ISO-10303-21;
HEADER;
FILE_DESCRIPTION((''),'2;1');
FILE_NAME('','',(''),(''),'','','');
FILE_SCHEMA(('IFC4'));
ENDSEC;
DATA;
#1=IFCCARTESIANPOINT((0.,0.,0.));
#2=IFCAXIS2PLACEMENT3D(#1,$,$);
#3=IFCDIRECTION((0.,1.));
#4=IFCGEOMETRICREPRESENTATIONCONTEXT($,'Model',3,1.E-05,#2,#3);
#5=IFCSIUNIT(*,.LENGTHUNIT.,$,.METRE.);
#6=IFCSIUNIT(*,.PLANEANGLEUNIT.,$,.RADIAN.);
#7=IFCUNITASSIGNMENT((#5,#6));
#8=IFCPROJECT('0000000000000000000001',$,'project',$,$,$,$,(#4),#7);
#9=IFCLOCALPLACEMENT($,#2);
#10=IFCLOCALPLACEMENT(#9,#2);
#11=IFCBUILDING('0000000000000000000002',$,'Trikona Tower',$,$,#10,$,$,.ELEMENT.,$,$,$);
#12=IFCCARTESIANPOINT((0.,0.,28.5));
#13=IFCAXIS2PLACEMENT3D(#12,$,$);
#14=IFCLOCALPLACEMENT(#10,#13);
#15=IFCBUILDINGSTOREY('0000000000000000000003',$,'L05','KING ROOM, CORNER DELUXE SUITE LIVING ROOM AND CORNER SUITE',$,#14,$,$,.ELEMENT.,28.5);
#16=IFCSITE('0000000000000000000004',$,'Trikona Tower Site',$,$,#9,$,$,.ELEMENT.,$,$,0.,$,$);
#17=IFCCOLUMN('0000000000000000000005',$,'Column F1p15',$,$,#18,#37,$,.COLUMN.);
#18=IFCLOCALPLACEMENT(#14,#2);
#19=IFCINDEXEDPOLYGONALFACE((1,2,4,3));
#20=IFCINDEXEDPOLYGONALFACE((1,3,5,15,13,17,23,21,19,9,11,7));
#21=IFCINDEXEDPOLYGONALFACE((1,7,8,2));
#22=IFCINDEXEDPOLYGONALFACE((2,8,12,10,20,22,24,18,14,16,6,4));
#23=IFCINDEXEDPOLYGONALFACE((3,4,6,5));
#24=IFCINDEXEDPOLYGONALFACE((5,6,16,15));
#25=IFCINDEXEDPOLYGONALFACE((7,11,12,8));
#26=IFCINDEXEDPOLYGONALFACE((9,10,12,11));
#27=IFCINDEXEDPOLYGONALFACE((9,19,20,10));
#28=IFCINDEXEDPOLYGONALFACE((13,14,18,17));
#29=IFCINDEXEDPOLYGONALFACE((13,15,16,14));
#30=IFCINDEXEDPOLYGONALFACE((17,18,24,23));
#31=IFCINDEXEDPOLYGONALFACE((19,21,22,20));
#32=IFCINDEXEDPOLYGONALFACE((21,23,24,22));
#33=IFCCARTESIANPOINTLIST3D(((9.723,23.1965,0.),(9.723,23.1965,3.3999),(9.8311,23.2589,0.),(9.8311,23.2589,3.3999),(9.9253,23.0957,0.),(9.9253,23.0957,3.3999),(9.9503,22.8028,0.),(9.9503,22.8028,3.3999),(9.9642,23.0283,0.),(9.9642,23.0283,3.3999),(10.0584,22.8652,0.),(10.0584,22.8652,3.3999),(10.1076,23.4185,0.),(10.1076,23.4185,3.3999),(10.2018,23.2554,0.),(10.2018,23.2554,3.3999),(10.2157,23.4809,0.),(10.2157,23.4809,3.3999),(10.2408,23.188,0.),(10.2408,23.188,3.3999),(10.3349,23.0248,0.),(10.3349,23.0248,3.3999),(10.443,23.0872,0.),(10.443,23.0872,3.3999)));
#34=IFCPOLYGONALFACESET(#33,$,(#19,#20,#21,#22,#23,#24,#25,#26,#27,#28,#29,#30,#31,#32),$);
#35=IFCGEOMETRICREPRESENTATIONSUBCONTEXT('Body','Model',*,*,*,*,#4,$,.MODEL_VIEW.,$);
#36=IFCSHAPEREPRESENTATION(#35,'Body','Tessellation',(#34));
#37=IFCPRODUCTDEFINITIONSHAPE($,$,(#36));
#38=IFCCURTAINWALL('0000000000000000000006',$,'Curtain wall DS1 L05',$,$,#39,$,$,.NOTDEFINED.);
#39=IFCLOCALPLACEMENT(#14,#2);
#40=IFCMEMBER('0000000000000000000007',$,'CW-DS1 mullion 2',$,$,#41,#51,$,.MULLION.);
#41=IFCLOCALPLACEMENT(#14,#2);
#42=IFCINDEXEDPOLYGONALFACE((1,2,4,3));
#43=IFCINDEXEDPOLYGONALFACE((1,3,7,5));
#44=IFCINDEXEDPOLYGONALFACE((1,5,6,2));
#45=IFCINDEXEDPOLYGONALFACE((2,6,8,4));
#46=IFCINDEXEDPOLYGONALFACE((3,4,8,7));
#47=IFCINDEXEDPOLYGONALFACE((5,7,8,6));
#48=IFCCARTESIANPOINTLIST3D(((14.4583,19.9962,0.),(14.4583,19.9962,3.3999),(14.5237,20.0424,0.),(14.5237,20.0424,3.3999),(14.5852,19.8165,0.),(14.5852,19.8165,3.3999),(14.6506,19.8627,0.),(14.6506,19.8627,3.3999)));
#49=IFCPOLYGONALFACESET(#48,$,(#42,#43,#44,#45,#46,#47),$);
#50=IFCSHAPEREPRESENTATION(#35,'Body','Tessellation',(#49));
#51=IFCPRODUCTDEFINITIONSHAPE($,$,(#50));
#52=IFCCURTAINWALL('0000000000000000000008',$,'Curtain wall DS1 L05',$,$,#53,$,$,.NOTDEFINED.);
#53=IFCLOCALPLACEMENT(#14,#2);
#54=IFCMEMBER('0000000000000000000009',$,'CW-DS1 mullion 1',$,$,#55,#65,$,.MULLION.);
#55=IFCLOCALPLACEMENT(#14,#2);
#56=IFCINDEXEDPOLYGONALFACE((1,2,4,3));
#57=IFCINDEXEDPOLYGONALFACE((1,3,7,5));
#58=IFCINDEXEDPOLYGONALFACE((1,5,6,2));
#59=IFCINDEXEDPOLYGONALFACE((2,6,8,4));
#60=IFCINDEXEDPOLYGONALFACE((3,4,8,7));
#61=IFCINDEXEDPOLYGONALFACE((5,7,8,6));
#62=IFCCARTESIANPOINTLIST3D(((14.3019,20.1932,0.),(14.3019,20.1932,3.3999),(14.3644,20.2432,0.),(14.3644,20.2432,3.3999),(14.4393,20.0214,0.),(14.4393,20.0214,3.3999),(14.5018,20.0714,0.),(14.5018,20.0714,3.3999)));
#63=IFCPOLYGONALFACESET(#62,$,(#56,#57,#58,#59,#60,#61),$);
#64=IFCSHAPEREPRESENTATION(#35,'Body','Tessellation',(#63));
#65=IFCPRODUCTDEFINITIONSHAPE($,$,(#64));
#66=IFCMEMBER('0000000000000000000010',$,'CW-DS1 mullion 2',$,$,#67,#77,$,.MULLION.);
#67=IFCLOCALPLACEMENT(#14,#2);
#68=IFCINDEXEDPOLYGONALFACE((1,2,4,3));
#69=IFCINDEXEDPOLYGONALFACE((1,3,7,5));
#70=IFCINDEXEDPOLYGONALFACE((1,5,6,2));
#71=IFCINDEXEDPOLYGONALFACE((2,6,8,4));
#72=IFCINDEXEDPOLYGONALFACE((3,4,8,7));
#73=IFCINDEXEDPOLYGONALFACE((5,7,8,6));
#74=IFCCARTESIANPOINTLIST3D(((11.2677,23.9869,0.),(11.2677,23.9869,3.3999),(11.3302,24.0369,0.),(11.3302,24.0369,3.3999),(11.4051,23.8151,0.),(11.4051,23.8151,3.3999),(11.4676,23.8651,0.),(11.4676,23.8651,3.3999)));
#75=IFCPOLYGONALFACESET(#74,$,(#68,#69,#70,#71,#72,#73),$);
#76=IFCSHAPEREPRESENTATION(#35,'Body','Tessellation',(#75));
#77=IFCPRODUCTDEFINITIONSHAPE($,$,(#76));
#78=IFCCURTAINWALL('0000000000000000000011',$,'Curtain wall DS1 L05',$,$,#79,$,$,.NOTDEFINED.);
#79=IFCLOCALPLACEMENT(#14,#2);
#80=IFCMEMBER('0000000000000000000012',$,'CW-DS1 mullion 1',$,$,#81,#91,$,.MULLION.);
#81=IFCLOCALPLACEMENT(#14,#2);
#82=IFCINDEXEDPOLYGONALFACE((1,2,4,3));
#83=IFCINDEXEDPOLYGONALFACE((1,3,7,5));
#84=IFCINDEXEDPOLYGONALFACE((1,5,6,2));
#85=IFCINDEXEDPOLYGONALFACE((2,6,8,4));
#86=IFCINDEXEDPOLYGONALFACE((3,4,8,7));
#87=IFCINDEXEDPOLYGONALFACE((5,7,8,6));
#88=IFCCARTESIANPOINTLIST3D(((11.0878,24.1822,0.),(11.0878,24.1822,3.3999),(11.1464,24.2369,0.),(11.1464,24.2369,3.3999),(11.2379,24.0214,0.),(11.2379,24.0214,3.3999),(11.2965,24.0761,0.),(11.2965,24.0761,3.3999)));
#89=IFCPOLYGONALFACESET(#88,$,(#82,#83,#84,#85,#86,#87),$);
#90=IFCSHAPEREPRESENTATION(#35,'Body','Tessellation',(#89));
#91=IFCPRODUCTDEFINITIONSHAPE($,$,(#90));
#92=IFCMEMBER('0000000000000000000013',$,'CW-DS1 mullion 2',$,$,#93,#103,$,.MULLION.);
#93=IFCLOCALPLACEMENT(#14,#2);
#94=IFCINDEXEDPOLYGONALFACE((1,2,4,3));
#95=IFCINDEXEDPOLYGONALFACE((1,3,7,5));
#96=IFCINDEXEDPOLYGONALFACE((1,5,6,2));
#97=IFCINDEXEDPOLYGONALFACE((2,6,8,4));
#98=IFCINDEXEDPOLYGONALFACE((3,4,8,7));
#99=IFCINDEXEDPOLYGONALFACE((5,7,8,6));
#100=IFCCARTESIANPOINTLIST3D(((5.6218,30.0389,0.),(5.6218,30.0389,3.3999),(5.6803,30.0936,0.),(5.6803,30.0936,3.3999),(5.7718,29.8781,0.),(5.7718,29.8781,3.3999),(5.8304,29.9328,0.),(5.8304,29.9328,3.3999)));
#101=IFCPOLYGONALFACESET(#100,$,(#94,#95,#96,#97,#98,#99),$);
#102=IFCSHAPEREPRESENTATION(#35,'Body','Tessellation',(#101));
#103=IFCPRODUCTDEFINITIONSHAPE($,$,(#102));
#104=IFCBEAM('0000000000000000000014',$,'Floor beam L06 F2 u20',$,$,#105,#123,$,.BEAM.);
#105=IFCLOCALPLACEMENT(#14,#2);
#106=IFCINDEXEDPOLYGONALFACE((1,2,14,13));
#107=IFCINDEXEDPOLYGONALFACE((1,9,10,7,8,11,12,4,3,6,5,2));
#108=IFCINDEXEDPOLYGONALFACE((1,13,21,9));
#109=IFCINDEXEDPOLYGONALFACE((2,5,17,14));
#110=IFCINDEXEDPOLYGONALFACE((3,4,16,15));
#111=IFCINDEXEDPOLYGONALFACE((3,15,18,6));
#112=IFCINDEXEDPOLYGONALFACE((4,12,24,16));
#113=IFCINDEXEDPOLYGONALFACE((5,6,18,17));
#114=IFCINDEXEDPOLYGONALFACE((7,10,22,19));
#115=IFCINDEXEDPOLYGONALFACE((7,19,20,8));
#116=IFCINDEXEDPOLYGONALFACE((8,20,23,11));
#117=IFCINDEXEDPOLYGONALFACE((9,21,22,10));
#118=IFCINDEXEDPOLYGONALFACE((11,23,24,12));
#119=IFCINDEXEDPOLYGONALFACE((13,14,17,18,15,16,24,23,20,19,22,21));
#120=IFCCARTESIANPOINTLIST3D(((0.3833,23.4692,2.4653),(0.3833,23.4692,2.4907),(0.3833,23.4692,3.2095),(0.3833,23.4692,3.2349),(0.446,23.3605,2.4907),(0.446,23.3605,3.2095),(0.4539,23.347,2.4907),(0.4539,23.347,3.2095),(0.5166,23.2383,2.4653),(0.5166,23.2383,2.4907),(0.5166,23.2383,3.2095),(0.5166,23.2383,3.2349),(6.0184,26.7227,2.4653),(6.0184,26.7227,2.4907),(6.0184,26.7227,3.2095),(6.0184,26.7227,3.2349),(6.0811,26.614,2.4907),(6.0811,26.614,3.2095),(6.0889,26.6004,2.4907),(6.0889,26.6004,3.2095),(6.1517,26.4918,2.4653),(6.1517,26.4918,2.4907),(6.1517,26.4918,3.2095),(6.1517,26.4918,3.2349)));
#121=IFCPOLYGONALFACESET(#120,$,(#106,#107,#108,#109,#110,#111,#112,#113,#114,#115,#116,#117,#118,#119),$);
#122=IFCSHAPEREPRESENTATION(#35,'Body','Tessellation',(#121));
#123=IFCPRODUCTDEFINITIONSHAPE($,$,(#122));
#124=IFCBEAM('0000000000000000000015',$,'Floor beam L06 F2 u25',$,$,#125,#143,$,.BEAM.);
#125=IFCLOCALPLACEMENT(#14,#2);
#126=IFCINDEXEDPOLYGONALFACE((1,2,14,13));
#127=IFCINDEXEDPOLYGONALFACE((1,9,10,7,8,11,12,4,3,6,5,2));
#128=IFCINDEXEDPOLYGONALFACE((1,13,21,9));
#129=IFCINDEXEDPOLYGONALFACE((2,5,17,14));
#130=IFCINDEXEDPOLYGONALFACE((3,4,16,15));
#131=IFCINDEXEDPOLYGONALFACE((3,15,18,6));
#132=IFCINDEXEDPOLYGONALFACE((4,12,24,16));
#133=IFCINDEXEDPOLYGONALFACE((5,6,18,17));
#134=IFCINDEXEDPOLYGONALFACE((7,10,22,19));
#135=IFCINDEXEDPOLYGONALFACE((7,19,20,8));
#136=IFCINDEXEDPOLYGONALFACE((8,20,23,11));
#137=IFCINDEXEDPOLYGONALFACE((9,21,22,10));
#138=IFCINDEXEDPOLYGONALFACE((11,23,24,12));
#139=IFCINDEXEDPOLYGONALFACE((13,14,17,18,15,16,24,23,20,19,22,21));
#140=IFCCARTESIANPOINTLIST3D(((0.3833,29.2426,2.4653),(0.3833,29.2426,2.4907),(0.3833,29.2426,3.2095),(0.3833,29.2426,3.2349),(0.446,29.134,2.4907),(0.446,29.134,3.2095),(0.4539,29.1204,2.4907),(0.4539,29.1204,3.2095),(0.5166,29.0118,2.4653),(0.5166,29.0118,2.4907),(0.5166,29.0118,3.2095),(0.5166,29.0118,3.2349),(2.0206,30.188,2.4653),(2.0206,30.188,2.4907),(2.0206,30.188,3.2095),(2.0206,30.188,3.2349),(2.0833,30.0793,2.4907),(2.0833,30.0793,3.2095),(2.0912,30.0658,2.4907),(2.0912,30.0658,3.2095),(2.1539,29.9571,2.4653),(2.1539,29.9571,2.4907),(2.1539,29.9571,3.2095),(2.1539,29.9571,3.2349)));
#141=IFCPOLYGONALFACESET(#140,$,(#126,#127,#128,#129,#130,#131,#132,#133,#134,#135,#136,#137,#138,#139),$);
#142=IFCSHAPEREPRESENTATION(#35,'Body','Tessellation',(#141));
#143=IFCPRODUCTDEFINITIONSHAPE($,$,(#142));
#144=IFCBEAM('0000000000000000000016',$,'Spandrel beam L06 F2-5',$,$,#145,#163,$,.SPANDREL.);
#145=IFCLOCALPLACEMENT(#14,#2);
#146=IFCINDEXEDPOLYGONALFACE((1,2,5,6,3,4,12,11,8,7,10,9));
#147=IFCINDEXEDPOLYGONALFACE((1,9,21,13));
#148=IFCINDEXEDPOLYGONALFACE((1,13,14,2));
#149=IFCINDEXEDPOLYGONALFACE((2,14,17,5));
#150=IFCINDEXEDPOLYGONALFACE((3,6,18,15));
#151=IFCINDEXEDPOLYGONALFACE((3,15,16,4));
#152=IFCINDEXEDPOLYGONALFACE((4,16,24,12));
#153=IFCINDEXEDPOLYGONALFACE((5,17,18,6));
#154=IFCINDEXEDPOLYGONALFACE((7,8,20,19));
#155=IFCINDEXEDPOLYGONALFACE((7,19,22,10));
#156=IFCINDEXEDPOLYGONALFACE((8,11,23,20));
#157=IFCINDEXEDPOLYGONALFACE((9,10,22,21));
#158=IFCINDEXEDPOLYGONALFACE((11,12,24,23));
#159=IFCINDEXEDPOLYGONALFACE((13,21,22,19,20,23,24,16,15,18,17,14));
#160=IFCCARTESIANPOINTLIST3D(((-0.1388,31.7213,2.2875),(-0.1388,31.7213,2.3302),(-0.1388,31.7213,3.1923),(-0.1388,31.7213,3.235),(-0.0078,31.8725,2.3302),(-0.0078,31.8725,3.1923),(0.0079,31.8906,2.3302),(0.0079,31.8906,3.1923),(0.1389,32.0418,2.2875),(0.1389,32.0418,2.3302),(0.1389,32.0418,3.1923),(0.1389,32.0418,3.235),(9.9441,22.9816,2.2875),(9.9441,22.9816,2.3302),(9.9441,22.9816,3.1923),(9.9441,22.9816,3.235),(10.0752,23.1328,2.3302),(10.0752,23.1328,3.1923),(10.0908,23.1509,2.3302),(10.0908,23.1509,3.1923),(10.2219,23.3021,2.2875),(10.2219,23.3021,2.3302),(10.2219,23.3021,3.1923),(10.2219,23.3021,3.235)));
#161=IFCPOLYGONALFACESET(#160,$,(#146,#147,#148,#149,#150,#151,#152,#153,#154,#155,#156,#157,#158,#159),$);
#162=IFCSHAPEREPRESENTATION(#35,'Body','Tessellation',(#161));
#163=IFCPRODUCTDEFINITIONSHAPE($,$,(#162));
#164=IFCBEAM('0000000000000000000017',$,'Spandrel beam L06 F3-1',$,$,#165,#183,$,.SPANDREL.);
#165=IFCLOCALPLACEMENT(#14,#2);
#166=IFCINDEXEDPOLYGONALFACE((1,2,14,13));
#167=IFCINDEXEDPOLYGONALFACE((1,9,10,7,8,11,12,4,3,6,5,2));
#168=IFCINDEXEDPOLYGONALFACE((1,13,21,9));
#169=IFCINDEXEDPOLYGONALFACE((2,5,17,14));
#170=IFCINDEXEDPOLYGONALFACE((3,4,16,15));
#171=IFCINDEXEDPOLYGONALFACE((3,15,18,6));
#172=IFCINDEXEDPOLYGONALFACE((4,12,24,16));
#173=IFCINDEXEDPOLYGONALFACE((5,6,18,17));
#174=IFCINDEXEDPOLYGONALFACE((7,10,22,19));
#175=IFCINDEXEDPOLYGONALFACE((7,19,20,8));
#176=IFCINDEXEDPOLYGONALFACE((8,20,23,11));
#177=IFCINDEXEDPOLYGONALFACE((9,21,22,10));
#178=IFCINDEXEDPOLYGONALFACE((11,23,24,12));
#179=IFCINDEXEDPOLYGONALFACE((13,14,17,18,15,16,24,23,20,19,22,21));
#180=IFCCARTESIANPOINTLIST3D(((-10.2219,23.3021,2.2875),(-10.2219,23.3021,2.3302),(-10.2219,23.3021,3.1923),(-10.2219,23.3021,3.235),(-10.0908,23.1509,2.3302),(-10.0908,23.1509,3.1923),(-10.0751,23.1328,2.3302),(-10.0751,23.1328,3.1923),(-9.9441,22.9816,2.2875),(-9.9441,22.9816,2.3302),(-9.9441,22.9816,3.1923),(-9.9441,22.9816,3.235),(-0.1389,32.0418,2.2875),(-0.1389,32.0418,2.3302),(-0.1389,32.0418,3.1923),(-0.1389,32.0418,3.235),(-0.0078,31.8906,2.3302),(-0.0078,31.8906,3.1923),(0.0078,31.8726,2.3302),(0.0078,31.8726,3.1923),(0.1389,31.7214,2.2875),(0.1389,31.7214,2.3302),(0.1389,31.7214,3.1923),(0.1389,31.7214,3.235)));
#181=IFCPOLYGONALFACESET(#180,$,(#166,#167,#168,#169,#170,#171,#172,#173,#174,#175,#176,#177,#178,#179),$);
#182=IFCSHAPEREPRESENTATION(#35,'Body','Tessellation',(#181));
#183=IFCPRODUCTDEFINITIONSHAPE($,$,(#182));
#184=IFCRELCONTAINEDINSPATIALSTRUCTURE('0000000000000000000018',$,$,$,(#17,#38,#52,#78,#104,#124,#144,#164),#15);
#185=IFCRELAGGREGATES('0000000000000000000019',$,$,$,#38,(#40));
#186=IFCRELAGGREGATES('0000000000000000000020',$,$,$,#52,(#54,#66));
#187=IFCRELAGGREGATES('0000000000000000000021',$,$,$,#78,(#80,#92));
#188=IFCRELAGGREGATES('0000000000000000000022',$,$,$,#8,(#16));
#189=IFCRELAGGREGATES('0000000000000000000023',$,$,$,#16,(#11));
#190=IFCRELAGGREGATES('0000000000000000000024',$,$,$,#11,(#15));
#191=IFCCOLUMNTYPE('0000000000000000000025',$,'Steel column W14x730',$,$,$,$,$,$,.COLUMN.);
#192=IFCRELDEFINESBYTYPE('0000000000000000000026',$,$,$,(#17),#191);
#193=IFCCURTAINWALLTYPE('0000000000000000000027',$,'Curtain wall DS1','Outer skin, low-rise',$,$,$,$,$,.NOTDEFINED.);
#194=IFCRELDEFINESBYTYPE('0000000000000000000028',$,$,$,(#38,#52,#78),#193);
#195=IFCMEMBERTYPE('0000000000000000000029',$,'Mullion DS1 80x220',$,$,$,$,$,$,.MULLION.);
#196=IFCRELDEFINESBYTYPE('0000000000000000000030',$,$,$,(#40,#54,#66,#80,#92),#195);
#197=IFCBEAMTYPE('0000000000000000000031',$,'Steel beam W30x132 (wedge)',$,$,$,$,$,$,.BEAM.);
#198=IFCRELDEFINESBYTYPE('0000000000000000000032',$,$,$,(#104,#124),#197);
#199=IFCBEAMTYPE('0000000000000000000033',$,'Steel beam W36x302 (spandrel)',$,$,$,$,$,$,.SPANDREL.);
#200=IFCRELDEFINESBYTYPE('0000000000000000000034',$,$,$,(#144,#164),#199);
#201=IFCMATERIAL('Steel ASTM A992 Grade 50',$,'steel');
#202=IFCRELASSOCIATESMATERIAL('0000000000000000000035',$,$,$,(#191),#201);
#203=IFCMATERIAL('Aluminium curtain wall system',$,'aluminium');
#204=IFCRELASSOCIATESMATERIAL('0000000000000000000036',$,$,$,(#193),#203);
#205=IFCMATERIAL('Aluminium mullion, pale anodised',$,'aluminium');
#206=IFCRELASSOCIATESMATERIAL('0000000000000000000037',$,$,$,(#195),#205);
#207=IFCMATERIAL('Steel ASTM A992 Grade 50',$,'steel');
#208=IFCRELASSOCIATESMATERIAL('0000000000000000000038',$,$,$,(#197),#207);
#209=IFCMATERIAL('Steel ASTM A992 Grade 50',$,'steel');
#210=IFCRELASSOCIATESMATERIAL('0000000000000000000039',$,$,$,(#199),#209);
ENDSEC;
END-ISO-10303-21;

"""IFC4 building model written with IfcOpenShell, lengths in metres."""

from ifc_helpers import new_model, si_unit, direction, frame, origin, origin_2d, place, context, subcontext, project, spatial, rectangle, i_section, extrude, material, material_profile, profile_set, type_object, element, aggregate, save


model = new_model("IFC4")

# Units and contexts
model_context = context("Model", 3, precision=1e-05, world=origin(), true_north=direction((0.0, 1.0)))
body_context = subcontext(model_context, "Body", "Model", "MODEL_VIEW")
ifc_project = project(units=[si_unit("LENGTHUNIT", "METRE"), si_unit("PLANEANGLEUNIT", "RADIAN")], contexts=[model_context])

# Site, building, storey
site_placement = place(None, origin())
site = spatial("IfcSite", under=ifc_project, at=site_placement, Name="Trikona Tower Site", CompositionType="ELEMENT", RefElevation=0.0)
building_placement = place(site_placement, origin())
building = spatial("IfcBuilding", under=site, at=building_placement, Name="Trikona Tower", CompositionType="ELEMENT")
storey_placement = place(building_placement, frame((0.0, 0.0, 28.5)))
storey = spatial("IfcBuildingStorey", under=building, at=storey_placement, Name="L05", Description="KING ROOM, CORNER DELUXE SUITE LIVING ROOM AND CORNER SUITE", CompositionType="ELEMENT", Elevation=28.5)

# Column
ifc_material_1 = material(Name="Steel ASTM A992 Grade 50", Category="steel")
ifc_material_profile_1 = material_profile(ifc_material_1, i_section(OverallWidth=0.4546, OverallDepth=0.5688, WebThickness=0.0779, FlangeThickness=0.1248, at=origin_2d()), Name="W14X730")
ifc_profile_set_1 = profile_set([ifc_material_profile_1], Name="Steel ASTM A992 Grade 50")
column_type = type_object("IfcColumnType", Name="Steel column W14x730", PredefinedType="COLUMN", material=ifc_profile_set_1)
column_placement = place(storey_placement, frame((10.083, 23.1418, 0.0), z_axis=(0.0, 0.0, 1.0), x_axis=(-0.5, 0.866025, 0.0)))
element("IfcColumn", 1, at=column_placement, inside=storey, type_object=column_type, Name="Column F1p15", PredefinedType="COLUMN", context=body_context, shape_type="SweptSolid", body=[
    extrude(i_section(OverallWidth=0.4546, OverallDepth=0.5688, WebThickness=0.0779, FlangeThickness=0.1248, at=origin_2d()), origin(), (0.0, 0.0, 1.0), 3.3999),
])

# Curtain wall, member
ifc_material_2 = material(Name="Aluminium curtain wall system", Category="aluminium")
curtain_wall_type = type_object("IfcCurtainWallType", Name="Curtain wall DS1", Description="Outer skin, low-rise", PredefinedType="NOTDEFINED", material=ifc_material_2)
curtain_wall_1_placement = place(storey_placement, origin())
curtain_wall_1 = element("IfcCurtainWall", 2, at=curtain_wall_1_placement, inside=storey, type_object=curtain_wall_type, Name="Curtain wall DS1 L05", PredefinedType="NOTDEFINED")
ifc_material_3 = material(Name="Aluminium mullion, pale anodised", Category="aluminium")
ifc_material_profile_2 = material_profile(ifc_material_3, rectangle(XDim=0.0801, YDim=0.22, at=origin_2d()), Name="MUL-DS1")
ifc_profile_set_2 = profile_set([ifc_material_profile_2], Name="Aluminium mullion, pale anodised")
member_type_1 = type_object("IfcMemberType", Name="Mullion DS1 80x220", PredefinedType="MULLION", material=ifc_profile_set_2)
member_1_placement = place(storey_placement, frame((14.5544, 19.9294, 0.0), z_axis=(0.0, 0.0, 1.0), x_axis=(-0.816985, -0.576658, 0.0)))
member_1 = element("IfcMember", 3, at=member_1_placement, type_object=member_type_1, Name="CW-DS1 mullion 2", PredefinedType="MULLION", context=body_context, shape_type="SweptSolid", body=[
    extrude(rectangle(XDim=0.0801, YDim=0.22, at=origin_2d()), origin(), (0.0, 0.0, 1.0), 3.3999),
])
aggregate(curtain_wall_1, [member_1])

# Curtain walls, members
curtain_wall_2_placement = place(storey_placement, origin())
curtain_wall_2 = element("IfcCurtainWall", 4, at=curtain_wall_2_placement, inside=storey, type_object=curtain_wall_type, Name="Curtain wall DS1 L05", PredefinedType="NOTDEFINED")
member_2_placement = place(storey_placement, frame((14.4019, 20.1323, 0.0), z_axis=(0.0, 0.0, 1.0), x_axis=(-0.780938, -0.624609, 0.0)))
member_2 = element("IfcMember", 5, at=member_2_placement, type_object=member_type_1, Name="CW-DS1 mullion 1", PredefinedType="MULLION", context=body_context, shape_type="SweptSolid", body=[
    extrude(rectangle(XDim=0.0801, YDim=0.22, at=origin_2d()), origin(), (0.0, 0.0, 1.0), 3.3999),
])
member_3_placement = place(storey_placement, frame((11.3677, 23.926, 0.0), z_axis=(0.0, 0.0, 1.0), x_axis=(-0.780938, -0.624609, 0.0)))
member_3 = element("IfcMember", 6, at=member_3_placement, type_object=member_type_1, Name="CW-DS1 mullion 2", PredefinedType="MULLION", context=body_context, shape_type="SweptSolid", body=[
    extrude(rectangle(XDim=0.0801, YDim=0.22, at=origin_2d()), origin(), (0.0, 0.0, 1.0), 3.3999),
])
curtain_wall_3_placement = place(storey_placement, origin())
curtain_wall_3 = element("IfcCurtainWall", 7, at=curtain_wall_3_placement, inside=storey, type_object=curtain_wall_type, Name="Curtain wall DS1 L05", PredefinedType="NOTDEFINED")
member_4_placement = place(storey_placement, frame((11.1921, 24.1292, 0.0), z_axis=(0.0, 0.0, 1.0), x_axis=(-0.731077, -0.682295, 0.0)))
member_4 = element("IfcMember", 8, at=member_4_placement, type_object=member_type_1, Name="CW-DS1 mullion 1", PredefinedType="MULLION", context=body_context, shape_type="SweptSolid", body=[
    extrude(rectangle(XDim=0.0801, YDim=0.22, at=origin_2d()), origin(), (0.0, 0.0, 1.0), 3.3999),
])
member_5_placement = place(storey_placement, frame((5.7261, 29.9858, 0.0), z_axis=(0.0, 0.0, 1.0), x_axis=(-0.731077, -0.682295, 0.0)))
member_5 = element("IfcMember", 9, at=member_5_placement, type_object=member_type_1, Name="CW-DS1 mullion 2", PredefinedType="MULLION", context=body_context, shape_type="SweptSolid", body=[
    extrude(rectangle(XDim=0.0801, YDim=0.22, at=origin_2d()), origin(), (0.0, 0.0, 1.0), 3.3999),
])

# Beams
ifc_material_4 = material(Name="Steel ASTM A992 Grade 50", Category="steel")
ifc_material_profile_3 = material_profile(ifc_material_4, i_section(OverallWidth=0.2666, OverallDepth=0.7695, WebThickness=0.0156, FlangeThickness=0.0254, at=origin_2d()), Name="W30X132")
ifc_profile_set_3 = profile_set([ifc_material_profile_3], Name="Steel ASTM A992 Grade 50")
beam_type_1 = type_object("IfcBeamType", Name="Steel beam W30x132 (wedge)", PredefinedType="BEAM", material=ifc_profile_set_3)
beam_1_placement = place(storey_placement, frame((0.45, 23.3538, 2.8501), z_axis=(0.866023, 0.500005, 0.0), x_axis=(-0.500005, 0.866023, 0.0)))
element("IfcBeam", 10, at=beam_1_placement, inside=storey, type_object=beam_type_1, Name="Floor beam L06 F2 u20", PredefinedType="BEAM", context=body_context, shape_type="SweptSolid", body=[
    extrude(i_section(OverallWidth=0.2666, OverallDepth=0.7695, WebThickness=0.0156, FlangeThickness=0.0254, at=origin_2d()), origin(), (0.0, 0.0, 1.0), 6.5068),
])
beam_2_placement = place(storey_placement, frame((0.45, 29.1272, 2.8501), z_axis=(0.866009, 0.500028, 0.0), x_axis=(-0.500028, 0.866009, 0.0)))
element("IfcBeam", 11, at=beam_2_placement, inside=storey, type_object=beam_type_1, Name="Floor beam L06 F2 u25", PredefinedType="BEAM", context=body_context, shape_type="SweptSolid", body=[
    extrude(i_section(OverallWidth=0.2666, OverallDepth=0.7695, WebThickness=0.0156, FlangeThickness=0.0254, at=origin_2d()), origin(), (0.0, 0.0, 1.0), 1.8906),
])
ifc_material_5 = material(Name="Steel ASTM A992 Grade 50", Category="steel")
ifc_material_profile_4 = material_profile(ifc_material_5, i_section(OverallWidth=0.4241, OverallDepth=0.9475, WebThickness=0.0239, FlangeThickness=0.0427, at=origin_2d()), Name="W36X302")
ifc_profile_set_4 = profile_set([ifc_material_profile_4], Name="Steel ASTM A992 Grade 50")
beam_type_2 = type_object("IfcBeamType", Name="Steel beam W36x302 (spandrel)", PredefinedType="SPANDREL", material=ifc_profile_set_4)
for number, where, z_axis, x_axis, name in (
    (12, (10.083, 23.1418, 2.7612), (-0.755647, 0.654979, 0.0), (-0.654979, -0.755647, 0.0), "Spandrel beam L06 F2-5"),
    (13, (0.0, 31.8816, 2.7612), (-0.755647, -0.654979, 0.0), (0.654979, -0.755647, 0.0), "Spandrel beam L06 F3-1"),
):
    element("IfcBeam", number, at=place(storey_placement, frame(where, z_axis=z_axis, x_axis=x_axis)), inside=storey, type_object=beam_type_2, Name=name, PredefinedType="SPANDREL", context=body_context, shape_type="SweptSolid", body=[
        extrude(i_section(OverallWidth=0.4241, OverallDepth=0.9475, WebThickness=0.0239, FlangeThickness=0.0427, at=origin_2d()), origin(), (0.0, 0.0, 1.0), 13.3435),
    ])

aggregate(curtain_wall_2, [member_2, member_3])
aggregate(curtain_wall_3, [member_4, member_5])

save(model, "model.ifc")
